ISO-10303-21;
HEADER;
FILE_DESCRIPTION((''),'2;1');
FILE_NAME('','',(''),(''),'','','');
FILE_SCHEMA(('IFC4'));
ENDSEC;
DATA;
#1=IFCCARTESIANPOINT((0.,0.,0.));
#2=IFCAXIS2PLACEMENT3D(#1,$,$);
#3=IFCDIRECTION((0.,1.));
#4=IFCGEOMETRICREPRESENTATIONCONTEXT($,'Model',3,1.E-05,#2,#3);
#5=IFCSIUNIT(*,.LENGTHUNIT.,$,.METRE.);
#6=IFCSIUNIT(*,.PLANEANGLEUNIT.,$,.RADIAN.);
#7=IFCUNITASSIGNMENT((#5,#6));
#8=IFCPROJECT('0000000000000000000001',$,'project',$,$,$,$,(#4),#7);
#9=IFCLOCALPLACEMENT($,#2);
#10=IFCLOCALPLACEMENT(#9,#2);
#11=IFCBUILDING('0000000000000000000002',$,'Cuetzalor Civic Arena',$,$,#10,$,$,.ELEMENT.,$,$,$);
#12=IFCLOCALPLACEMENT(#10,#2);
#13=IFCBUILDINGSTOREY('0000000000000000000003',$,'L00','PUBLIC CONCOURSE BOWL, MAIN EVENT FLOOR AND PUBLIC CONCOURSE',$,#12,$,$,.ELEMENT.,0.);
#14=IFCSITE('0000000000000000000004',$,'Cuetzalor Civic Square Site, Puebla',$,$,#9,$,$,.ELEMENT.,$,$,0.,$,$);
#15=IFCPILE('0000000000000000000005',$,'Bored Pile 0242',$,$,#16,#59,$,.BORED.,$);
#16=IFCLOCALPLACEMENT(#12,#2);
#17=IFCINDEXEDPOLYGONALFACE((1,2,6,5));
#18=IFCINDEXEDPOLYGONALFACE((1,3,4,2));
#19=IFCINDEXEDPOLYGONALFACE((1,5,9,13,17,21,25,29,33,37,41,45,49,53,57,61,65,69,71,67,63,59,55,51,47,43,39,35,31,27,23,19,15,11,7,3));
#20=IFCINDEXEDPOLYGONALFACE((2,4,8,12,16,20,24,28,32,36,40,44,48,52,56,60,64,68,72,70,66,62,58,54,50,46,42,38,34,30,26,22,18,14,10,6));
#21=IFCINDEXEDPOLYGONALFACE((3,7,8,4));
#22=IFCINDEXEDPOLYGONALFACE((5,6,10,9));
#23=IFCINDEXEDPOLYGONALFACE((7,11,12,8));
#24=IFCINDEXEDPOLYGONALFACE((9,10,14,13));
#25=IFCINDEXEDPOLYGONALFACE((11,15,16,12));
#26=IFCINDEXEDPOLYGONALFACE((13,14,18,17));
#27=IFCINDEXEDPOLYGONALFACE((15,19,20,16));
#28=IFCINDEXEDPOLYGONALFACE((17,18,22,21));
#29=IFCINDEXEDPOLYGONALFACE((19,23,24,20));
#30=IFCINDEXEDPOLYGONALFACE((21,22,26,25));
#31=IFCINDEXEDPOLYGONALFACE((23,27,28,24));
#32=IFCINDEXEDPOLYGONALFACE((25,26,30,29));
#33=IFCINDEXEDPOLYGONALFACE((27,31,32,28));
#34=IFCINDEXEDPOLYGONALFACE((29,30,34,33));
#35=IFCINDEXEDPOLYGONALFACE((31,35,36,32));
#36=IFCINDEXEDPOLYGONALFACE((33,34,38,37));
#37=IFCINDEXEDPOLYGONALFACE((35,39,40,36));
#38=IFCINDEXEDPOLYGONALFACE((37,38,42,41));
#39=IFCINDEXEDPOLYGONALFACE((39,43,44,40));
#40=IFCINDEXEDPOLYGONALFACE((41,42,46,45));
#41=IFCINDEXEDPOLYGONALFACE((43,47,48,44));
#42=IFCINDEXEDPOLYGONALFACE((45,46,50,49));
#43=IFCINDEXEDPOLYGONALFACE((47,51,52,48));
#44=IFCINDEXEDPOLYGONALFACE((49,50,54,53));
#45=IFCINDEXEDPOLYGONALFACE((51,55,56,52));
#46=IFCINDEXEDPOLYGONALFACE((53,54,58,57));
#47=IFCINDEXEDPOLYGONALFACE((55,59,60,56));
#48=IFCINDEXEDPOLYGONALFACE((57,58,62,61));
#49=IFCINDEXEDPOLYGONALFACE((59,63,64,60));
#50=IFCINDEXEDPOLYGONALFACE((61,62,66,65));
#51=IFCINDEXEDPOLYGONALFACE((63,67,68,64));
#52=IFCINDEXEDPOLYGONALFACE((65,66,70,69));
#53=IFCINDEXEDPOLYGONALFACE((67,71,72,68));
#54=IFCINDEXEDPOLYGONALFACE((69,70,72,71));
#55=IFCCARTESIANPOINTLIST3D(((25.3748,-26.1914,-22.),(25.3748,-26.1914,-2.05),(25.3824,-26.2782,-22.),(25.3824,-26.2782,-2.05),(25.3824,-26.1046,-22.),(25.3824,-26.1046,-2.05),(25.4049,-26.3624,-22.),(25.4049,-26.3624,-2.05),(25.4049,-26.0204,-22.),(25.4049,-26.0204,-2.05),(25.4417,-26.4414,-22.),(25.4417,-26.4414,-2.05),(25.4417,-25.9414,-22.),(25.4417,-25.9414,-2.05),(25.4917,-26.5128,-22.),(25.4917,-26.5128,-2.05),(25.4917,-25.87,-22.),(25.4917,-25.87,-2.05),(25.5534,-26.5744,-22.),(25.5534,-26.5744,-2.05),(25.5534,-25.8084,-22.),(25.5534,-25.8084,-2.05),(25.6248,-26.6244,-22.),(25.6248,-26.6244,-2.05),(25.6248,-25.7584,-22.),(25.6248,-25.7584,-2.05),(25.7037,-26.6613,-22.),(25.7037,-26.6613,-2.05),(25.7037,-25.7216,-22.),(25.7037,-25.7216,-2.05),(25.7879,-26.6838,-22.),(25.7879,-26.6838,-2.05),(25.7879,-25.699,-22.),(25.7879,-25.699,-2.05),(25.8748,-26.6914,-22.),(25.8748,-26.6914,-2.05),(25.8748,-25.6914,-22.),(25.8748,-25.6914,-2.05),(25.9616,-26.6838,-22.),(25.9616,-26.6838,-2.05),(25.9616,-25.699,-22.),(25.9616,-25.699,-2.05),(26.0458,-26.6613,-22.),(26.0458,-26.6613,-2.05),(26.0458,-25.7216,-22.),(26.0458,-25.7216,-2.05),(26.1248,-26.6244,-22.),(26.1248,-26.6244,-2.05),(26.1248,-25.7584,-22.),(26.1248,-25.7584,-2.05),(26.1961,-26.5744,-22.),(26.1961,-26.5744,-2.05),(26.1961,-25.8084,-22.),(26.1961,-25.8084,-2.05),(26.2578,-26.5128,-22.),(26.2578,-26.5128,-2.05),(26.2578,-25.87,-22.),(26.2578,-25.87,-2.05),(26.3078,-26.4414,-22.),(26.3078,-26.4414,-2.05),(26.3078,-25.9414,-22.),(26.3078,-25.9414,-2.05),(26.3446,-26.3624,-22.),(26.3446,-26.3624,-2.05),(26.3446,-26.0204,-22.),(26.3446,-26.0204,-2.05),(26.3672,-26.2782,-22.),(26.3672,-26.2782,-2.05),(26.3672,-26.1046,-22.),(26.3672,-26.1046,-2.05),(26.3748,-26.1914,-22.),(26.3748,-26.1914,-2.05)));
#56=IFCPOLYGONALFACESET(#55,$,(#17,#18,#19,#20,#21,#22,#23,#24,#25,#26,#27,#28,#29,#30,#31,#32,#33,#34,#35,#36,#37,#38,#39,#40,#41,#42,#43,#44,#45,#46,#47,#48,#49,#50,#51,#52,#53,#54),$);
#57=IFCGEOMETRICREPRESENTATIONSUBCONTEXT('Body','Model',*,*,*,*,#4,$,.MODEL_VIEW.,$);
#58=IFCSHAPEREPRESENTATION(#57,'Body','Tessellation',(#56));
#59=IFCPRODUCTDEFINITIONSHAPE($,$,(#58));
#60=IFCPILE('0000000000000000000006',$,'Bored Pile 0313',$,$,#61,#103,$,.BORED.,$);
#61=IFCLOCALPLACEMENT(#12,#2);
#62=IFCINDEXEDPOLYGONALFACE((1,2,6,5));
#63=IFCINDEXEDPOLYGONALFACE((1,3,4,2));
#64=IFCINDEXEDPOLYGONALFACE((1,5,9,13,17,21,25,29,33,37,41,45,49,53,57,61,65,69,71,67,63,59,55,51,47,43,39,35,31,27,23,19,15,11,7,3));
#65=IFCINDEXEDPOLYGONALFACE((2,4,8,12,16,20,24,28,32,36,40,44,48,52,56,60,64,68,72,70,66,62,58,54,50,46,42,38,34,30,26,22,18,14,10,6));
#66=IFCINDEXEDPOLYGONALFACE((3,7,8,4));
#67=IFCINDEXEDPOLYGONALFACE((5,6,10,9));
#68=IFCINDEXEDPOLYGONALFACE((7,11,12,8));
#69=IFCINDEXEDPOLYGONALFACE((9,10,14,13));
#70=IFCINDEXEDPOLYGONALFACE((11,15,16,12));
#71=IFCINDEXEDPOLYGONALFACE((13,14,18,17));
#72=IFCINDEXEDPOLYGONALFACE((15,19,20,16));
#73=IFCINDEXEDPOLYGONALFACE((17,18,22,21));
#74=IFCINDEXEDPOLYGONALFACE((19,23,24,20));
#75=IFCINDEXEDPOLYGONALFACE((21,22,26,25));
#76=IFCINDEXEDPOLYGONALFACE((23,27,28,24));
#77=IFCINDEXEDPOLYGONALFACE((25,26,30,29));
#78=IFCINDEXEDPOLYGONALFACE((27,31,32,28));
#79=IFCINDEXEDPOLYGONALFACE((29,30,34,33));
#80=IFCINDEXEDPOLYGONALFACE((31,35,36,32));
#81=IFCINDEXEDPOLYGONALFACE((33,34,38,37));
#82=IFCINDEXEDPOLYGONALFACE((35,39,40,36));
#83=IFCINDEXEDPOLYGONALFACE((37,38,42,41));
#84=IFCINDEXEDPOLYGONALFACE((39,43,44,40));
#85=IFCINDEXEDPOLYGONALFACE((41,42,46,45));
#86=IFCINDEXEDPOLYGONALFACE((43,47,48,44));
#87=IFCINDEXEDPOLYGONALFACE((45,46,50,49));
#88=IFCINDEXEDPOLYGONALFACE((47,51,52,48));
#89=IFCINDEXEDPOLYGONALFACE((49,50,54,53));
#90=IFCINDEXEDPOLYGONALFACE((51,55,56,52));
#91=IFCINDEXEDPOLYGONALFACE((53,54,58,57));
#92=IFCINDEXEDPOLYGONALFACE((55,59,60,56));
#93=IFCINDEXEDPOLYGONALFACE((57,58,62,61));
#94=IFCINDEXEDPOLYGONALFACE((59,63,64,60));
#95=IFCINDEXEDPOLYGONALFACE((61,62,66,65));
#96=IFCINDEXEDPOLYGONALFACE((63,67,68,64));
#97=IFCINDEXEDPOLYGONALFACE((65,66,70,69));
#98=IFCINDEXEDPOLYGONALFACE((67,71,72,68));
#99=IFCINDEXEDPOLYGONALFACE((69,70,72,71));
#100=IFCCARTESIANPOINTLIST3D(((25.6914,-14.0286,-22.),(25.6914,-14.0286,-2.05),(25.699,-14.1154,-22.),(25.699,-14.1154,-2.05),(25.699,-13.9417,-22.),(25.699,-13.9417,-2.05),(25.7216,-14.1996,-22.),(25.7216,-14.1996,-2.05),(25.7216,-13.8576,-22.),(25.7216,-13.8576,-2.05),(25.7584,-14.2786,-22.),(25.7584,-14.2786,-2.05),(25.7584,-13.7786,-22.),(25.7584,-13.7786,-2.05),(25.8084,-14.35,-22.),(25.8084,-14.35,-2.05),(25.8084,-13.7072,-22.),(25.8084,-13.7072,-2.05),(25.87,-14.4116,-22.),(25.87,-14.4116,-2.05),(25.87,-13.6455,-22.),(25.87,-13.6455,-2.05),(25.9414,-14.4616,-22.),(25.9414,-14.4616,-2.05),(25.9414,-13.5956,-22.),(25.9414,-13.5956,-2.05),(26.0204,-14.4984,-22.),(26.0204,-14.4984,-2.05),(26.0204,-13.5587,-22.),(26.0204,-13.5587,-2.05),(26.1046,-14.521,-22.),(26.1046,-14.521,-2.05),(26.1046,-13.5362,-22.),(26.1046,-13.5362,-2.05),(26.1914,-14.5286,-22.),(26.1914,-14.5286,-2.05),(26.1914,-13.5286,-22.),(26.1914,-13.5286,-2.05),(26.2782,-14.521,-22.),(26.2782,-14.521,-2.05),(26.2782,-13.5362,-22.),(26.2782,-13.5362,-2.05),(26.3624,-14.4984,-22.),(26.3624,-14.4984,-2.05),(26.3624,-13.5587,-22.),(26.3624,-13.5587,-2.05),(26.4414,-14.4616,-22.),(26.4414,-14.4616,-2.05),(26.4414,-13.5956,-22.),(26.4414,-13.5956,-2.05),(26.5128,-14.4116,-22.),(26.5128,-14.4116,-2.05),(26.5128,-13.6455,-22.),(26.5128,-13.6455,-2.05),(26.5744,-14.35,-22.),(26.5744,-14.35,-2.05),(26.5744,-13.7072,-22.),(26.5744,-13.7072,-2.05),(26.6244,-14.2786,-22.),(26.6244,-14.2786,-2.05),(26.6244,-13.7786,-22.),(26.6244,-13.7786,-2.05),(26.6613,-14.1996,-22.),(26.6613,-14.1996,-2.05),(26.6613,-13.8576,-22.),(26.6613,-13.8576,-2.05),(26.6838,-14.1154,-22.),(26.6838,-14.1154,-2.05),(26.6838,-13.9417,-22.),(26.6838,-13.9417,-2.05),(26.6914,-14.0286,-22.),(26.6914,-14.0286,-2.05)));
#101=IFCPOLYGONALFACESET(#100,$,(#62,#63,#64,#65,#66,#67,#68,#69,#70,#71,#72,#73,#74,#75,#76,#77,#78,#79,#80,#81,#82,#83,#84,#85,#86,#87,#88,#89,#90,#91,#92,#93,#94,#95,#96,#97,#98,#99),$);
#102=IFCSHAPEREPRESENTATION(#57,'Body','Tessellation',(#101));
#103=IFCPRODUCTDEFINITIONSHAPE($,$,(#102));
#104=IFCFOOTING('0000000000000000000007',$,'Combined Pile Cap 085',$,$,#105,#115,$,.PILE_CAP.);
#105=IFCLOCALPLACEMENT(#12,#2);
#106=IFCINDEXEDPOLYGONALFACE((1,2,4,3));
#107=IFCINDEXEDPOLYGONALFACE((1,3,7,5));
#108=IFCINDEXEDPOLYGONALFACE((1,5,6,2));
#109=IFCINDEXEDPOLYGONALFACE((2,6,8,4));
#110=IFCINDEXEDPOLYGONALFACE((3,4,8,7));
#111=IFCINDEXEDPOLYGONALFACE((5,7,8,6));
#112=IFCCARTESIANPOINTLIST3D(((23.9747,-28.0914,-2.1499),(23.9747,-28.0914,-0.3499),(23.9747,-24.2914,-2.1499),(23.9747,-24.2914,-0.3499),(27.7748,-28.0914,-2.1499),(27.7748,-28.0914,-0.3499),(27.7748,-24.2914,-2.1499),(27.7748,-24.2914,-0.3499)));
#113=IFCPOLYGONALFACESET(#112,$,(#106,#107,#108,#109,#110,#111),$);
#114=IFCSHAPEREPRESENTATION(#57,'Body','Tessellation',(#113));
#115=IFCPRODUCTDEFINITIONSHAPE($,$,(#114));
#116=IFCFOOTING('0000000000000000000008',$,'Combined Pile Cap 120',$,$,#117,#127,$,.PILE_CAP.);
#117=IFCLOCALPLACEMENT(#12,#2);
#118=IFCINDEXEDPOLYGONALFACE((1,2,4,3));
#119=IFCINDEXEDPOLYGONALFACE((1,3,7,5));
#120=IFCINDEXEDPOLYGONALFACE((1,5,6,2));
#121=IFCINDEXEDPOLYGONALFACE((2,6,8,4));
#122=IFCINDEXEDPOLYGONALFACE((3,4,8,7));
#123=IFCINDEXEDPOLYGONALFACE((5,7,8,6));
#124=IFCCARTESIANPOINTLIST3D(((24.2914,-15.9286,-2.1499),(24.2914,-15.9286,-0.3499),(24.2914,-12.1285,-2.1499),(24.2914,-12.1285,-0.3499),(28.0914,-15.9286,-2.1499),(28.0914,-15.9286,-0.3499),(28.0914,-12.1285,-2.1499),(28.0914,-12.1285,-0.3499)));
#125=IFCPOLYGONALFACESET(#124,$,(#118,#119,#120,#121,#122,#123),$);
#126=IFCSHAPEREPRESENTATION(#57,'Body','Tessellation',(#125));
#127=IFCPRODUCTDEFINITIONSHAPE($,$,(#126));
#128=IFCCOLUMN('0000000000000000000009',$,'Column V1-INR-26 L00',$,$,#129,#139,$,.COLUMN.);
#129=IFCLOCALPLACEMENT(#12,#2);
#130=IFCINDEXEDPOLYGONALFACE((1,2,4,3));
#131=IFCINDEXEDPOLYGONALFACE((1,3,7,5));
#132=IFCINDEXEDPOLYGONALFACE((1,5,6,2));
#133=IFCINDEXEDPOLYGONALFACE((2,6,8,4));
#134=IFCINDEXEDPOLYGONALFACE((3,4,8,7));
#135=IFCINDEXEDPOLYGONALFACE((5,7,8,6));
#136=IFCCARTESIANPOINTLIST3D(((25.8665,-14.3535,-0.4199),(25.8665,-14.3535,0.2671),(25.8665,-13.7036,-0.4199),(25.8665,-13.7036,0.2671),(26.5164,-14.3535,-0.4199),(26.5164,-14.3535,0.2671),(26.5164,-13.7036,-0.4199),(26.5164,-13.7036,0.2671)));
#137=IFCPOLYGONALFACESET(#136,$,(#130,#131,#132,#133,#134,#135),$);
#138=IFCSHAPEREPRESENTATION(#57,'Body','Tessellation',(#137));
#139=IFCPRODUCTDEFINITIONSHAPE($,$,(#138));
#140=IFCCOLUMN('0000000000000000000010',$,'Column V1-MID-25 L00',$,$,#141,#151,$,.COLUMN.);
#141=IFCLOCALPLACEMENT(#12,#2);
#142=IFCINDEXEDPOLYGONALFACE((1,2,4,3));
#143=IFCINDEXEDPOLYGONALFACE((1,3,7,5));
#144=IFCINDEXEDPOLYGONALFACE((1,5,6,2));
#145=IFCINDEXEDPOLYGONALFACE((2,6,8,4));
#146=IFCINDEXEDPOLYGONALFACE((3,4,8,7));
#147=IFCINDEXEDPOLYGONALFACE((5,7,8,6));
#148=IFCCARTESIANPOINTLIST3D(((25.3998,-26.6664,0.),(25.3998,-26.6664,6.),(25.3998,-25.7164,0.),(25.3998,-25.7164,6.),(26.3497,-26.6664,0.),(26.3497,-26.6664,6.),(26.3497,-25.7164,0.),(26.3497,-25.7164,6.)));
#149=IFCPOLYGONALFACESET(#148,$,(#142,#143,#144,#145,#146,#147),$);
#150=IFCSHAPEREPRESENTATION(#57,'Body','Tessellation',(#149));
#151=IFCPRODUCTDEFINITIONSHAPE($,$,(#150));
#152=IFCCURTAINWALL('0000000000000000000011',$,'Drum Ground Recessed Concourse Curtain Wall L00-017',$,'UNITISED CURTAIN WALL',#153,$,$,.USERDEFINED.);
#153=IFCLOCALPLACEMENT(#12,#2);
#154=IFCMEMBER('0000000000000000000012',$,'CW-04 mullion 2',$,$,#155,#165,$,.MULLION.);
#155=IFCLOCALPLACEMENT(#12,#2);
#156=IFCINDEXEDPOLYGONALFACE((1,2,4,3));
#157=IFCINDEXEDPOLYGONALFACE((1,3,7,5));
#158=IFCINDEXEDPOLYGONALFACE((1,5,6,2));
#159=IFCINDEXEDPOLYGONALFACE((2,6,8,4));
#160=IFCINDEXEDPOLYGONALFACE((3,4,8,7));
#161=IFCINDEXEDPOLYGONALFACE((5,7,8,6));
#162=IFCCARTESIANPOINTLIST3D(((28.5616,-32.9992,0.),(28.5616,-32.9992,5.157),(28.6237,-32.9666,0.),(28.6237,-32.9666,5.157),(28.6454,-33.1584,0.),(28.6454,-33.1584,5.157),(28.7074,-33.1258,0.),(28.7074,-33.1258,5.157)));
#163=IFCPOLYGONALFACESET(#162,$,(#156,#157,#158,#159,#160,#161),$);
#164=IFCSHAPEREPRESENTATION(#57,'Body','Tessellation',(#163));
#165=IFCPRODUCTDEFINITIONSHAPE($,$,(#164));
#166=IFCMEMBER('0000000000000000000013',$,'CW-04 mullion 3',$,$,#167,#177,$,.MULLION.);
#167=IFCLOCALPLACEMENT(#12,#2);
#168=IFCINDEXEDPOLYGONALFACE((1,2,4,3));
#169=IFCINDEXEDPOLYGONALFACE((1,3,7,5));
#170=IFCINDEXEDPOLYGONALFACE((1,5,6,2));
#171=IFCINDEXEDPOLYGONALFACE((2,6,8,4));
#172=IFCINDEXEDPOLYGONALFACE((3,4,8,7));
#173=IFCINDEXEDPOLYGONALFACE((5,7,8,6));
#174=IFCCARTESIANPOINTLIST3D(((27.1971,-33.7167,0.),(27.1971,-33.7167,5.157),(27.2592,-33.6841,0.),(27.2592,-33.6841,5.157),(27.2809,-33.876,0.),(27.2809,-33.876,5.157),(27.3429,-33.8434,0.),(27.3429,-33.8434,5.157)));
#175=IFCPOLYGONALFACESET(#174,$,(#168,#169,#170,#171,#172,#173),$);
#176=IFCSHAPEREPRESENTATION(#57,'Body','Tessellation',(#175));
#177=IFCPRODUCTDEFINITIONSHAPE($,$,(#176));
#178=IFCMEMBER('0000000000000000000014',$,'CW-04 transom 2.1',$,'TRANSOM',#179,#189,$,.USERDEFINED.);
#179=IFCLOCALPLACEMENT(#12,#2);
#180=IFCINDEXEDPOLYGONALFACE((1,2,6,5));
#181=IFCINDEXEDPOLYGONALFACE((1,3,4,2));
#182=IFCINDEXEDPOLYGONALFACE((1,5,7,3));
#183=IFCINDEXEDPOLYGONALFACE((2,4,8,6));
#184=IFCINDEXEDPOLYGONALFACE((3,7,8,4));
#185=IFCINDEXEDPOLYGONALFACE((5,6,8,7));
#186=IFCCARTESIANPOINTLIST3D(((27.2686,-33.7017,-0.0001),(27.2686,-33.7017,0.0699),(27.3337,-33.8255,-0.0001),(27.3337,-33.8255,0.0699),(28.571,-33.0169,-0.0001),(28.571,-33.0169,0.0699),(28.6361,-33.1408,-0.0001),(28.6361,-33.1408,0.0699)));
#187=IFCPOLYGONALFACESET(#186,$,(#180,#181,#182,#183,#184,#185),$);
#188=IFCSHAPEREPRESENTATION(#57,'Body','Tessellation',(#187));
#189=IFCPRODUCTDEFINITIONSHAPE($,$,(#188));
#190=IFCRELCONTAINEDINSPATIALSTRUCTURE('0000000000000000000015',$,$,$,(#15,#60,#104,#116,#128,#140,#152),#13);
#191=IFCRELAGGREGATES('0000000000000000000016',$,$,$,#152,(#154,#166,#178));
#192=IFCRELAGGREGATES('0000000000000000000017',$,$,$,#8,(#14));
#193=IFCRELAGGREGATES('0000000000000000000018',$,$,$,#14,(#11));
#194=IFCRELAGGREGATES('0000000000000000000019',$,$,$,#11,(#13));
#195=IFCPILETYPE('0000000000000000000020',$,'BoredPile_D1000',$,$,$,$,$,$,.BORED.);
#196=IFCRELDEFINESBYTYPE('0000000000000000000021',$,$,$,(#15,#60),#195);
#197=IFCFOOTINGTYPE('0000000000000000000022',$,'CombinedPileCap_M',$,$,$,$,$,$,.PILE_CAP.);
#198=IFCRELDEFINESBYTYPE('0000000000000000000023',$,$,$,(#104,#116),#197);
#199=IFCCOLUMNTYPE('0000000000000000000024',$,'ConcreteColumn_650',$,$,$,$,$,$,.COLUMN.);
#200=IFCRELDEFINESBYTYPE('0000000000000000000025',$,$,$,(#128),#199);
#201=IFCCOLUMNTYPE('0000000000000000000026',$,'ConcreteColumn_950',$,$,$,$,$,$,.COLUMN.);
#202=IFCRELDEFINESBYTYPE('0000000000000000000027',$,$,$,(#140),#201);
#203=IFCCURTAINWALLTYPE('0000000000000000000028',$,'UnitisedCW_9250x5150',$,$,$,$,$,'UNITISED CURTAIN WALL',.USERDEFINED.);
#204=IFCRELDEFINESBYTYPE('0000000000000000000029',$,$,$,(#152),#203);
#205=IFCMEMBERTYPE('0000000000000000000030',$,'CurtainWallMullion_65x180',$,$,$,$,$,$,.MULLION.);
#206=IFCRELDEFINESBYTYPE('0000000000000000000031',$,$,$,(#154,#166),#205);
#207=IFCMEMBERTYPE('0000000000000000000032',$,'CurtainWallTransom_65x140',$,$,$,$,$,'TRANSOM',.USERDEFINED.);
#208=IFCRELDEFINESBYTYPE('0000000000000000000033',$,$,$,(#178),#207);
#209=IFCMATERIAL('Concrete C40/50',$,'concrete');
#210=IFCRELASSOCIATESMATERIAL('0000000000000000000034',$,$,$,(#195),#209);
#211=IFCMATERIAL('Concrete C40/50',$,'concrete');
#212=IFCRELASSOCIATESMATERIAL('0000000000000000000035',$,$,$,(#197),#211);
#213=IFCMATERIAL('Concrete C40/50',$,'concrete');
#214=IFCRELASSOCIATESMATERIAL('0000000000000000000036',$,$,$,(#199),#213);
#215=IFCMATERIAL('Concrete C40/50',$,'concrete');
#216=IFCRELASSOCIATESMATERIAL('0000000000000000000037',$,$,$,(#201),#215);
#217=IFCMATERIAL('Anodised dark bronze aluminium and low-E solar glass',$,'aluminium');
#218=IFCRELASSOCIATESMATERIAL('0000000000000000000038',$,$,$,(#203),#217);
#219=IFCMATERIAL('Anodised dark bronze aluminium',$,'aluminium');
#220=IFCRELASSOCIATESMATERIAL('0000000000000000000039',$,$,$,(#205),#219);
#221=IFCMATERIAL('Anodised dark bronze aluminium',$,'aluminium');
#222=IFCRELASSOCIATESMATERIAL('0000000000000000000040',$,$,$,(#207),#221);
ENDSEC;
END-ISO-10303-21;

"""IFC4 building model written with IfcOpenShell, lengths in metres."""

from ifc_helpers import new_model, si_unit, direction, frame, origin, origin_2d, place, context, subcontext, project, spatial, rectangle, circle, extrude, material, material_profile, profile_set, type_object, element, aggregate, save


model = new_model("IFC4")

# Units and contexts
model_context = context("Model", 3, precision=1e-05, world=origin(), true_north=direction((0.0, 1.0)))
body_context = subcontext(model_context, "Body", "Model", "MODEL_VIEW")
ifc_project = project(units=[si_unit("LENGTHUNIT", "METRE"), si_unit("PLANEANGLEUNIT", "RADIAN")], contexts=[model_context])

# Site, building, storey
site_placement = place(None, origin())
site = spatial("IfcSite", under=ifc_project, at=site_placement, Name="Cuetzalor Civic Square Site, Puebla", CompositionType="ELEMENT", RefElevation=0.0)
building_placement = place(site_placement, origin())
building = spatial("IfcBuilding", under=site, at=building_placement, Name="Cuetzalor Civic Arena", CompositionType="ELEMENT")
storey_placement = place(building_placement, origin())
storey = spatial("IfcBuildingStorey", under=building, at=storey_placement, Name="L00", Description="PUBLIC CONCOURSE BOWL, MAIN EVENT FLOOR AND PUBLIC CONCOURSE", CompositionType="ELEMENT", Elevation=0.0)

# Piles
ifc_material_1 = material(Name="Concrete C40/50", Category="concrete")
ifc_material_profile_1 = material_profile(ifc_material_1, circle(Radius=0.5, at=origin_2d()), Name="BORED PILE D1000")
ifc_profile_set_1 = profile_set([ifc_material_profile_1], Name="Concrete C40/50")
pile_type = type_object("IfcPileType", Name="BoredPile_D1000", PredefinedType="BORED", material=ifc_profile_set_1)
for number, where, z_axis, x_axis, name in (
    (1, (25.8748, -26.1914, -2.05), (0.0, 0.0, -1.0), (1.0, 0.0, 0.0), "Bored Pile 0242"),
    (2, (26.1914, -14.0286, -2.05), (0.0, 0.0, -1.0), (1.0, 0.0, 0.0), "Bored Pile 0313"),
):
    element("IfcPile", number, at=place(storey_placement, frame(where, z_axis=z_axis, x_axis=x_axis)), inside=storey, type_object=pile_type, Name=name, PredefinedType="BORED", context=body_context, shape_type="SweptSolid", body=[
        extrude(circle(Radius=0.5, at=origin_2d()), origin(), (0.0, 0.0, 1.0), 19.95),
    ])

# Footings
ifc_material_2 = material(Name="Concrete C40/50", Category="concrete")
footing_type = type_object("IfcFootingType", Name="CombinedPileCap_M", PredefinedType="PILE_CAP", material=ifc_material_2)
for number, where, z_axis, x_axis, name in (
    (3, (25.8748, -26.1914, -2.1499), (0.0, 0.0, 1.0), (1.0, 0.0, 0.0), "Combined Pile Cap 085"),
    (4, (26.1914, -14.0286, -2.1499), (0.0, 0.0, 1.0), (1.0, 0.0, 0.0), "Combined Pile Cap 120"),
):
    element("IfcFooting", number, at=place(storey_placement, frame(where, z_axis=z_axis, x_axis=x_axis)), inside=storey, type_object=footing_type, Name=name, PredefinedType="PILE_CAP", context=body_context, shape_type="SweptSolid", body=[
        extrude(rectangle(XDim=3.8, YDim=3.8, at=origin_2d()), origin(), (0.0, 0.0, 1.0), 1.8),
    ])

# Columns
ifc_material_3 = material(Name="Concrete C40/50", Category="concrete")
ifc_material_profile_2 = material_profile(ifc_material_3, rectangle(XDim=0.6499, YDim=0.6499, at=origin_2d()), Name="RC 650x650")
ifc_profile_set_2 = profile_set([ifc_material_profile_2], Name="Concrete C40/50")
column_type_1 = type_object("IfcColumnType", Name="ConcreteColumn_650", PredefinedType="COLUMN", material=ifc_profile_set_2)
column_1_placement = place(storey_placement, frame((26.1914, -14.0286, -0.4199), z_axis=(0.0, 0.0, 1.0), x_axis=(1.0, 0.0, 0.0)))
element("IfcColumn", 5, at=column_1_placement, inside=storey, type_object=column_type_1, Name="Column V1-INR-26 L00", PredefinedType="COLUMN", context=body_context, shape_type="SweptSolid", body=[
    extrude(rectangle(XDim=0.6499, YDim=0.6499, at=origin_2d()), origin(), (0.0, 0.0, 1.0), 0.687),
])
ifc_material_4 = material(Name="Concrete C40/50", Category="concrete")
ifc_material_profile_3 = material_profile(ifc_material_4, rectangle(XDim=0.95, YDim=0.95, at=origin_2d()), Name="RC 950x950")
ifc_profile_set_3 = profile_set([ifc_material_profile_3], Name="Concrete C40/50")
column_type_2 = type_object("IfcColumnType", Name="ConcreteColumn_950", PredefinedType="COLUMN", material=ifc_profile_set_3)
column_2_placement = place(storey_placement, frame((25.8748, -26.1914, 0.0), z_axis=(0.0, 0.0, 1.0), x_axis=(1.0, 0.0, 0.0)))
element("IfcColumn", 6, at=column_2_placement, inside=storey, type_object=column_type_2, Name="Column V1-MID-25 L00", PredefinedType="COLUMN", context=body_context, shape_type="SweptSolid", body=[
    extrude(rectangle(XDim=0.95, YDim=0.95, at=origin_2d()), origin(), (0.0, 0.0, 1.0), 6.0),
])

# Curtain wall, members
ifc_material_5 = material(Name="Anodised dark bronze aluminium and low-E solar glass", Category="aluminium")
curtain_wall_type = type_object("IfcCurtainWallType", Name="UnitisedCW_9250x5150", ElementType="UNITISED CURTAIN WALL", PredefinedType="USERDEFINED", material=ifc_material_5)
curtain_wall_placement = place(storey_placement, origin())
curtain_wall = element("IfcCurtainWall", 7, at=curtain_wall_placement, inside=storey, type_object=curtain_wall_type, Name="Drum Ground Recessed Concourse Curtain Wall L00-017", ObjectType="UNITISED CURTAIN WALL", PredefinedType="USERDEFINED")
ifc_material_6 = material(Name="Anodised dark bronze aluminium", Category="aluminium")
ifc_material_profile_4 = material_profile(ifc_material_6, rectangle(XDim=0.0701, YDim=0.1799, at=origin_2d()), Name="ALU MULLION 70x180")
ifc_profile_set_4 = profile_set([ifc_material_profile_4], Name="Anodised dark bronze aluminium")
member_type_1 = type_object("IfcMemberType", Name="CurtainWallMullion_65x180", PredefinedType="MULLION", material=ifc_profile_set_4)
member_1_placement = place(storey_placement, frame((28.6345, -33.0625, 0.0), z_axis=(0.0, 0.0, 1.0), x_axis=(-0.885118, -0.465366, 0.0)))
member_1 = element("IfcMember", 8, at=member_1_placement, type_object=member_type_1, Name="CW-04 mullion 2", PredefinedType="MULLION", context=body_context, shape_type="SweptSolid", body=[
    extrude(rectangle(XDim=0.0701, YDim=0.1799, at=origin_2d()), origin(), (0.0, 0.0, 1.0), 5.157),
])
member_2_placement = place(storey_placement, frame((27.27, -33.78, 0.0), z_axis=(0.0, 0.0, 1.0), x_axis=(-0.885118, -0.465366, 0.0)))
member_2 = element("IfcMember", 9, at=member_2_placement, type_object=member_type_1, Name="CW-04 mullion 3", PredefinedType="MULLION", context=body_context, shape_type="SweptSolid", body=[
    extrude(rectangle(XDim=0.0701, YDim=0.1799, at=origin_2d()), origin(), (0.0, 0.0, 1.0), 5.157),
])
ifc_material_7 = material(Name="Anodised dark bronze aluminium", Category="aluminium")
ifc_material_profile_5 = material_profile(ifc_material_7, rectangle(XDim=0.1399, YDim=0.0701, at=origin_2d()), Name="ALU TRANSOM 70x140")
ifc_profile_set_5 = profile_set([ifc_material_profile_5], Name="Anodised dark bronze aluminium")
member_type_2 = type_object("IfcMemberType", Name="CurtainWallTransom_65x140", ElementType="TRANSOM", PredefinedType="USERDEFINED", material=ifc_profile_set_5)
member_3_placement = place(storey_placement, frame((28.6035, -33.0789, 0.0349), z_axis=(-0.885116, -0.46537, 0.0), x_axis=(0.46537, -0.885116, 0.0)))
member_3 = element("IfcMember", 10, at=member_3_placement, type_object=member_type_2, Name="CW-04 transom 2.1", ObjectType="TRANSOM", PredefinedType="USERDEFINED", context=body_context, shape_type="SweptSolid", body=[
    extrude(rectangle(XDim=0.1399, YDim=0.0701, at=origin_2d()), origin(), (0.0, 0.0, 1.0), 1.4714),
])

aggregate(curtain_wall, [member_1, member_2, member_3])

save(model, "model.ifc")
